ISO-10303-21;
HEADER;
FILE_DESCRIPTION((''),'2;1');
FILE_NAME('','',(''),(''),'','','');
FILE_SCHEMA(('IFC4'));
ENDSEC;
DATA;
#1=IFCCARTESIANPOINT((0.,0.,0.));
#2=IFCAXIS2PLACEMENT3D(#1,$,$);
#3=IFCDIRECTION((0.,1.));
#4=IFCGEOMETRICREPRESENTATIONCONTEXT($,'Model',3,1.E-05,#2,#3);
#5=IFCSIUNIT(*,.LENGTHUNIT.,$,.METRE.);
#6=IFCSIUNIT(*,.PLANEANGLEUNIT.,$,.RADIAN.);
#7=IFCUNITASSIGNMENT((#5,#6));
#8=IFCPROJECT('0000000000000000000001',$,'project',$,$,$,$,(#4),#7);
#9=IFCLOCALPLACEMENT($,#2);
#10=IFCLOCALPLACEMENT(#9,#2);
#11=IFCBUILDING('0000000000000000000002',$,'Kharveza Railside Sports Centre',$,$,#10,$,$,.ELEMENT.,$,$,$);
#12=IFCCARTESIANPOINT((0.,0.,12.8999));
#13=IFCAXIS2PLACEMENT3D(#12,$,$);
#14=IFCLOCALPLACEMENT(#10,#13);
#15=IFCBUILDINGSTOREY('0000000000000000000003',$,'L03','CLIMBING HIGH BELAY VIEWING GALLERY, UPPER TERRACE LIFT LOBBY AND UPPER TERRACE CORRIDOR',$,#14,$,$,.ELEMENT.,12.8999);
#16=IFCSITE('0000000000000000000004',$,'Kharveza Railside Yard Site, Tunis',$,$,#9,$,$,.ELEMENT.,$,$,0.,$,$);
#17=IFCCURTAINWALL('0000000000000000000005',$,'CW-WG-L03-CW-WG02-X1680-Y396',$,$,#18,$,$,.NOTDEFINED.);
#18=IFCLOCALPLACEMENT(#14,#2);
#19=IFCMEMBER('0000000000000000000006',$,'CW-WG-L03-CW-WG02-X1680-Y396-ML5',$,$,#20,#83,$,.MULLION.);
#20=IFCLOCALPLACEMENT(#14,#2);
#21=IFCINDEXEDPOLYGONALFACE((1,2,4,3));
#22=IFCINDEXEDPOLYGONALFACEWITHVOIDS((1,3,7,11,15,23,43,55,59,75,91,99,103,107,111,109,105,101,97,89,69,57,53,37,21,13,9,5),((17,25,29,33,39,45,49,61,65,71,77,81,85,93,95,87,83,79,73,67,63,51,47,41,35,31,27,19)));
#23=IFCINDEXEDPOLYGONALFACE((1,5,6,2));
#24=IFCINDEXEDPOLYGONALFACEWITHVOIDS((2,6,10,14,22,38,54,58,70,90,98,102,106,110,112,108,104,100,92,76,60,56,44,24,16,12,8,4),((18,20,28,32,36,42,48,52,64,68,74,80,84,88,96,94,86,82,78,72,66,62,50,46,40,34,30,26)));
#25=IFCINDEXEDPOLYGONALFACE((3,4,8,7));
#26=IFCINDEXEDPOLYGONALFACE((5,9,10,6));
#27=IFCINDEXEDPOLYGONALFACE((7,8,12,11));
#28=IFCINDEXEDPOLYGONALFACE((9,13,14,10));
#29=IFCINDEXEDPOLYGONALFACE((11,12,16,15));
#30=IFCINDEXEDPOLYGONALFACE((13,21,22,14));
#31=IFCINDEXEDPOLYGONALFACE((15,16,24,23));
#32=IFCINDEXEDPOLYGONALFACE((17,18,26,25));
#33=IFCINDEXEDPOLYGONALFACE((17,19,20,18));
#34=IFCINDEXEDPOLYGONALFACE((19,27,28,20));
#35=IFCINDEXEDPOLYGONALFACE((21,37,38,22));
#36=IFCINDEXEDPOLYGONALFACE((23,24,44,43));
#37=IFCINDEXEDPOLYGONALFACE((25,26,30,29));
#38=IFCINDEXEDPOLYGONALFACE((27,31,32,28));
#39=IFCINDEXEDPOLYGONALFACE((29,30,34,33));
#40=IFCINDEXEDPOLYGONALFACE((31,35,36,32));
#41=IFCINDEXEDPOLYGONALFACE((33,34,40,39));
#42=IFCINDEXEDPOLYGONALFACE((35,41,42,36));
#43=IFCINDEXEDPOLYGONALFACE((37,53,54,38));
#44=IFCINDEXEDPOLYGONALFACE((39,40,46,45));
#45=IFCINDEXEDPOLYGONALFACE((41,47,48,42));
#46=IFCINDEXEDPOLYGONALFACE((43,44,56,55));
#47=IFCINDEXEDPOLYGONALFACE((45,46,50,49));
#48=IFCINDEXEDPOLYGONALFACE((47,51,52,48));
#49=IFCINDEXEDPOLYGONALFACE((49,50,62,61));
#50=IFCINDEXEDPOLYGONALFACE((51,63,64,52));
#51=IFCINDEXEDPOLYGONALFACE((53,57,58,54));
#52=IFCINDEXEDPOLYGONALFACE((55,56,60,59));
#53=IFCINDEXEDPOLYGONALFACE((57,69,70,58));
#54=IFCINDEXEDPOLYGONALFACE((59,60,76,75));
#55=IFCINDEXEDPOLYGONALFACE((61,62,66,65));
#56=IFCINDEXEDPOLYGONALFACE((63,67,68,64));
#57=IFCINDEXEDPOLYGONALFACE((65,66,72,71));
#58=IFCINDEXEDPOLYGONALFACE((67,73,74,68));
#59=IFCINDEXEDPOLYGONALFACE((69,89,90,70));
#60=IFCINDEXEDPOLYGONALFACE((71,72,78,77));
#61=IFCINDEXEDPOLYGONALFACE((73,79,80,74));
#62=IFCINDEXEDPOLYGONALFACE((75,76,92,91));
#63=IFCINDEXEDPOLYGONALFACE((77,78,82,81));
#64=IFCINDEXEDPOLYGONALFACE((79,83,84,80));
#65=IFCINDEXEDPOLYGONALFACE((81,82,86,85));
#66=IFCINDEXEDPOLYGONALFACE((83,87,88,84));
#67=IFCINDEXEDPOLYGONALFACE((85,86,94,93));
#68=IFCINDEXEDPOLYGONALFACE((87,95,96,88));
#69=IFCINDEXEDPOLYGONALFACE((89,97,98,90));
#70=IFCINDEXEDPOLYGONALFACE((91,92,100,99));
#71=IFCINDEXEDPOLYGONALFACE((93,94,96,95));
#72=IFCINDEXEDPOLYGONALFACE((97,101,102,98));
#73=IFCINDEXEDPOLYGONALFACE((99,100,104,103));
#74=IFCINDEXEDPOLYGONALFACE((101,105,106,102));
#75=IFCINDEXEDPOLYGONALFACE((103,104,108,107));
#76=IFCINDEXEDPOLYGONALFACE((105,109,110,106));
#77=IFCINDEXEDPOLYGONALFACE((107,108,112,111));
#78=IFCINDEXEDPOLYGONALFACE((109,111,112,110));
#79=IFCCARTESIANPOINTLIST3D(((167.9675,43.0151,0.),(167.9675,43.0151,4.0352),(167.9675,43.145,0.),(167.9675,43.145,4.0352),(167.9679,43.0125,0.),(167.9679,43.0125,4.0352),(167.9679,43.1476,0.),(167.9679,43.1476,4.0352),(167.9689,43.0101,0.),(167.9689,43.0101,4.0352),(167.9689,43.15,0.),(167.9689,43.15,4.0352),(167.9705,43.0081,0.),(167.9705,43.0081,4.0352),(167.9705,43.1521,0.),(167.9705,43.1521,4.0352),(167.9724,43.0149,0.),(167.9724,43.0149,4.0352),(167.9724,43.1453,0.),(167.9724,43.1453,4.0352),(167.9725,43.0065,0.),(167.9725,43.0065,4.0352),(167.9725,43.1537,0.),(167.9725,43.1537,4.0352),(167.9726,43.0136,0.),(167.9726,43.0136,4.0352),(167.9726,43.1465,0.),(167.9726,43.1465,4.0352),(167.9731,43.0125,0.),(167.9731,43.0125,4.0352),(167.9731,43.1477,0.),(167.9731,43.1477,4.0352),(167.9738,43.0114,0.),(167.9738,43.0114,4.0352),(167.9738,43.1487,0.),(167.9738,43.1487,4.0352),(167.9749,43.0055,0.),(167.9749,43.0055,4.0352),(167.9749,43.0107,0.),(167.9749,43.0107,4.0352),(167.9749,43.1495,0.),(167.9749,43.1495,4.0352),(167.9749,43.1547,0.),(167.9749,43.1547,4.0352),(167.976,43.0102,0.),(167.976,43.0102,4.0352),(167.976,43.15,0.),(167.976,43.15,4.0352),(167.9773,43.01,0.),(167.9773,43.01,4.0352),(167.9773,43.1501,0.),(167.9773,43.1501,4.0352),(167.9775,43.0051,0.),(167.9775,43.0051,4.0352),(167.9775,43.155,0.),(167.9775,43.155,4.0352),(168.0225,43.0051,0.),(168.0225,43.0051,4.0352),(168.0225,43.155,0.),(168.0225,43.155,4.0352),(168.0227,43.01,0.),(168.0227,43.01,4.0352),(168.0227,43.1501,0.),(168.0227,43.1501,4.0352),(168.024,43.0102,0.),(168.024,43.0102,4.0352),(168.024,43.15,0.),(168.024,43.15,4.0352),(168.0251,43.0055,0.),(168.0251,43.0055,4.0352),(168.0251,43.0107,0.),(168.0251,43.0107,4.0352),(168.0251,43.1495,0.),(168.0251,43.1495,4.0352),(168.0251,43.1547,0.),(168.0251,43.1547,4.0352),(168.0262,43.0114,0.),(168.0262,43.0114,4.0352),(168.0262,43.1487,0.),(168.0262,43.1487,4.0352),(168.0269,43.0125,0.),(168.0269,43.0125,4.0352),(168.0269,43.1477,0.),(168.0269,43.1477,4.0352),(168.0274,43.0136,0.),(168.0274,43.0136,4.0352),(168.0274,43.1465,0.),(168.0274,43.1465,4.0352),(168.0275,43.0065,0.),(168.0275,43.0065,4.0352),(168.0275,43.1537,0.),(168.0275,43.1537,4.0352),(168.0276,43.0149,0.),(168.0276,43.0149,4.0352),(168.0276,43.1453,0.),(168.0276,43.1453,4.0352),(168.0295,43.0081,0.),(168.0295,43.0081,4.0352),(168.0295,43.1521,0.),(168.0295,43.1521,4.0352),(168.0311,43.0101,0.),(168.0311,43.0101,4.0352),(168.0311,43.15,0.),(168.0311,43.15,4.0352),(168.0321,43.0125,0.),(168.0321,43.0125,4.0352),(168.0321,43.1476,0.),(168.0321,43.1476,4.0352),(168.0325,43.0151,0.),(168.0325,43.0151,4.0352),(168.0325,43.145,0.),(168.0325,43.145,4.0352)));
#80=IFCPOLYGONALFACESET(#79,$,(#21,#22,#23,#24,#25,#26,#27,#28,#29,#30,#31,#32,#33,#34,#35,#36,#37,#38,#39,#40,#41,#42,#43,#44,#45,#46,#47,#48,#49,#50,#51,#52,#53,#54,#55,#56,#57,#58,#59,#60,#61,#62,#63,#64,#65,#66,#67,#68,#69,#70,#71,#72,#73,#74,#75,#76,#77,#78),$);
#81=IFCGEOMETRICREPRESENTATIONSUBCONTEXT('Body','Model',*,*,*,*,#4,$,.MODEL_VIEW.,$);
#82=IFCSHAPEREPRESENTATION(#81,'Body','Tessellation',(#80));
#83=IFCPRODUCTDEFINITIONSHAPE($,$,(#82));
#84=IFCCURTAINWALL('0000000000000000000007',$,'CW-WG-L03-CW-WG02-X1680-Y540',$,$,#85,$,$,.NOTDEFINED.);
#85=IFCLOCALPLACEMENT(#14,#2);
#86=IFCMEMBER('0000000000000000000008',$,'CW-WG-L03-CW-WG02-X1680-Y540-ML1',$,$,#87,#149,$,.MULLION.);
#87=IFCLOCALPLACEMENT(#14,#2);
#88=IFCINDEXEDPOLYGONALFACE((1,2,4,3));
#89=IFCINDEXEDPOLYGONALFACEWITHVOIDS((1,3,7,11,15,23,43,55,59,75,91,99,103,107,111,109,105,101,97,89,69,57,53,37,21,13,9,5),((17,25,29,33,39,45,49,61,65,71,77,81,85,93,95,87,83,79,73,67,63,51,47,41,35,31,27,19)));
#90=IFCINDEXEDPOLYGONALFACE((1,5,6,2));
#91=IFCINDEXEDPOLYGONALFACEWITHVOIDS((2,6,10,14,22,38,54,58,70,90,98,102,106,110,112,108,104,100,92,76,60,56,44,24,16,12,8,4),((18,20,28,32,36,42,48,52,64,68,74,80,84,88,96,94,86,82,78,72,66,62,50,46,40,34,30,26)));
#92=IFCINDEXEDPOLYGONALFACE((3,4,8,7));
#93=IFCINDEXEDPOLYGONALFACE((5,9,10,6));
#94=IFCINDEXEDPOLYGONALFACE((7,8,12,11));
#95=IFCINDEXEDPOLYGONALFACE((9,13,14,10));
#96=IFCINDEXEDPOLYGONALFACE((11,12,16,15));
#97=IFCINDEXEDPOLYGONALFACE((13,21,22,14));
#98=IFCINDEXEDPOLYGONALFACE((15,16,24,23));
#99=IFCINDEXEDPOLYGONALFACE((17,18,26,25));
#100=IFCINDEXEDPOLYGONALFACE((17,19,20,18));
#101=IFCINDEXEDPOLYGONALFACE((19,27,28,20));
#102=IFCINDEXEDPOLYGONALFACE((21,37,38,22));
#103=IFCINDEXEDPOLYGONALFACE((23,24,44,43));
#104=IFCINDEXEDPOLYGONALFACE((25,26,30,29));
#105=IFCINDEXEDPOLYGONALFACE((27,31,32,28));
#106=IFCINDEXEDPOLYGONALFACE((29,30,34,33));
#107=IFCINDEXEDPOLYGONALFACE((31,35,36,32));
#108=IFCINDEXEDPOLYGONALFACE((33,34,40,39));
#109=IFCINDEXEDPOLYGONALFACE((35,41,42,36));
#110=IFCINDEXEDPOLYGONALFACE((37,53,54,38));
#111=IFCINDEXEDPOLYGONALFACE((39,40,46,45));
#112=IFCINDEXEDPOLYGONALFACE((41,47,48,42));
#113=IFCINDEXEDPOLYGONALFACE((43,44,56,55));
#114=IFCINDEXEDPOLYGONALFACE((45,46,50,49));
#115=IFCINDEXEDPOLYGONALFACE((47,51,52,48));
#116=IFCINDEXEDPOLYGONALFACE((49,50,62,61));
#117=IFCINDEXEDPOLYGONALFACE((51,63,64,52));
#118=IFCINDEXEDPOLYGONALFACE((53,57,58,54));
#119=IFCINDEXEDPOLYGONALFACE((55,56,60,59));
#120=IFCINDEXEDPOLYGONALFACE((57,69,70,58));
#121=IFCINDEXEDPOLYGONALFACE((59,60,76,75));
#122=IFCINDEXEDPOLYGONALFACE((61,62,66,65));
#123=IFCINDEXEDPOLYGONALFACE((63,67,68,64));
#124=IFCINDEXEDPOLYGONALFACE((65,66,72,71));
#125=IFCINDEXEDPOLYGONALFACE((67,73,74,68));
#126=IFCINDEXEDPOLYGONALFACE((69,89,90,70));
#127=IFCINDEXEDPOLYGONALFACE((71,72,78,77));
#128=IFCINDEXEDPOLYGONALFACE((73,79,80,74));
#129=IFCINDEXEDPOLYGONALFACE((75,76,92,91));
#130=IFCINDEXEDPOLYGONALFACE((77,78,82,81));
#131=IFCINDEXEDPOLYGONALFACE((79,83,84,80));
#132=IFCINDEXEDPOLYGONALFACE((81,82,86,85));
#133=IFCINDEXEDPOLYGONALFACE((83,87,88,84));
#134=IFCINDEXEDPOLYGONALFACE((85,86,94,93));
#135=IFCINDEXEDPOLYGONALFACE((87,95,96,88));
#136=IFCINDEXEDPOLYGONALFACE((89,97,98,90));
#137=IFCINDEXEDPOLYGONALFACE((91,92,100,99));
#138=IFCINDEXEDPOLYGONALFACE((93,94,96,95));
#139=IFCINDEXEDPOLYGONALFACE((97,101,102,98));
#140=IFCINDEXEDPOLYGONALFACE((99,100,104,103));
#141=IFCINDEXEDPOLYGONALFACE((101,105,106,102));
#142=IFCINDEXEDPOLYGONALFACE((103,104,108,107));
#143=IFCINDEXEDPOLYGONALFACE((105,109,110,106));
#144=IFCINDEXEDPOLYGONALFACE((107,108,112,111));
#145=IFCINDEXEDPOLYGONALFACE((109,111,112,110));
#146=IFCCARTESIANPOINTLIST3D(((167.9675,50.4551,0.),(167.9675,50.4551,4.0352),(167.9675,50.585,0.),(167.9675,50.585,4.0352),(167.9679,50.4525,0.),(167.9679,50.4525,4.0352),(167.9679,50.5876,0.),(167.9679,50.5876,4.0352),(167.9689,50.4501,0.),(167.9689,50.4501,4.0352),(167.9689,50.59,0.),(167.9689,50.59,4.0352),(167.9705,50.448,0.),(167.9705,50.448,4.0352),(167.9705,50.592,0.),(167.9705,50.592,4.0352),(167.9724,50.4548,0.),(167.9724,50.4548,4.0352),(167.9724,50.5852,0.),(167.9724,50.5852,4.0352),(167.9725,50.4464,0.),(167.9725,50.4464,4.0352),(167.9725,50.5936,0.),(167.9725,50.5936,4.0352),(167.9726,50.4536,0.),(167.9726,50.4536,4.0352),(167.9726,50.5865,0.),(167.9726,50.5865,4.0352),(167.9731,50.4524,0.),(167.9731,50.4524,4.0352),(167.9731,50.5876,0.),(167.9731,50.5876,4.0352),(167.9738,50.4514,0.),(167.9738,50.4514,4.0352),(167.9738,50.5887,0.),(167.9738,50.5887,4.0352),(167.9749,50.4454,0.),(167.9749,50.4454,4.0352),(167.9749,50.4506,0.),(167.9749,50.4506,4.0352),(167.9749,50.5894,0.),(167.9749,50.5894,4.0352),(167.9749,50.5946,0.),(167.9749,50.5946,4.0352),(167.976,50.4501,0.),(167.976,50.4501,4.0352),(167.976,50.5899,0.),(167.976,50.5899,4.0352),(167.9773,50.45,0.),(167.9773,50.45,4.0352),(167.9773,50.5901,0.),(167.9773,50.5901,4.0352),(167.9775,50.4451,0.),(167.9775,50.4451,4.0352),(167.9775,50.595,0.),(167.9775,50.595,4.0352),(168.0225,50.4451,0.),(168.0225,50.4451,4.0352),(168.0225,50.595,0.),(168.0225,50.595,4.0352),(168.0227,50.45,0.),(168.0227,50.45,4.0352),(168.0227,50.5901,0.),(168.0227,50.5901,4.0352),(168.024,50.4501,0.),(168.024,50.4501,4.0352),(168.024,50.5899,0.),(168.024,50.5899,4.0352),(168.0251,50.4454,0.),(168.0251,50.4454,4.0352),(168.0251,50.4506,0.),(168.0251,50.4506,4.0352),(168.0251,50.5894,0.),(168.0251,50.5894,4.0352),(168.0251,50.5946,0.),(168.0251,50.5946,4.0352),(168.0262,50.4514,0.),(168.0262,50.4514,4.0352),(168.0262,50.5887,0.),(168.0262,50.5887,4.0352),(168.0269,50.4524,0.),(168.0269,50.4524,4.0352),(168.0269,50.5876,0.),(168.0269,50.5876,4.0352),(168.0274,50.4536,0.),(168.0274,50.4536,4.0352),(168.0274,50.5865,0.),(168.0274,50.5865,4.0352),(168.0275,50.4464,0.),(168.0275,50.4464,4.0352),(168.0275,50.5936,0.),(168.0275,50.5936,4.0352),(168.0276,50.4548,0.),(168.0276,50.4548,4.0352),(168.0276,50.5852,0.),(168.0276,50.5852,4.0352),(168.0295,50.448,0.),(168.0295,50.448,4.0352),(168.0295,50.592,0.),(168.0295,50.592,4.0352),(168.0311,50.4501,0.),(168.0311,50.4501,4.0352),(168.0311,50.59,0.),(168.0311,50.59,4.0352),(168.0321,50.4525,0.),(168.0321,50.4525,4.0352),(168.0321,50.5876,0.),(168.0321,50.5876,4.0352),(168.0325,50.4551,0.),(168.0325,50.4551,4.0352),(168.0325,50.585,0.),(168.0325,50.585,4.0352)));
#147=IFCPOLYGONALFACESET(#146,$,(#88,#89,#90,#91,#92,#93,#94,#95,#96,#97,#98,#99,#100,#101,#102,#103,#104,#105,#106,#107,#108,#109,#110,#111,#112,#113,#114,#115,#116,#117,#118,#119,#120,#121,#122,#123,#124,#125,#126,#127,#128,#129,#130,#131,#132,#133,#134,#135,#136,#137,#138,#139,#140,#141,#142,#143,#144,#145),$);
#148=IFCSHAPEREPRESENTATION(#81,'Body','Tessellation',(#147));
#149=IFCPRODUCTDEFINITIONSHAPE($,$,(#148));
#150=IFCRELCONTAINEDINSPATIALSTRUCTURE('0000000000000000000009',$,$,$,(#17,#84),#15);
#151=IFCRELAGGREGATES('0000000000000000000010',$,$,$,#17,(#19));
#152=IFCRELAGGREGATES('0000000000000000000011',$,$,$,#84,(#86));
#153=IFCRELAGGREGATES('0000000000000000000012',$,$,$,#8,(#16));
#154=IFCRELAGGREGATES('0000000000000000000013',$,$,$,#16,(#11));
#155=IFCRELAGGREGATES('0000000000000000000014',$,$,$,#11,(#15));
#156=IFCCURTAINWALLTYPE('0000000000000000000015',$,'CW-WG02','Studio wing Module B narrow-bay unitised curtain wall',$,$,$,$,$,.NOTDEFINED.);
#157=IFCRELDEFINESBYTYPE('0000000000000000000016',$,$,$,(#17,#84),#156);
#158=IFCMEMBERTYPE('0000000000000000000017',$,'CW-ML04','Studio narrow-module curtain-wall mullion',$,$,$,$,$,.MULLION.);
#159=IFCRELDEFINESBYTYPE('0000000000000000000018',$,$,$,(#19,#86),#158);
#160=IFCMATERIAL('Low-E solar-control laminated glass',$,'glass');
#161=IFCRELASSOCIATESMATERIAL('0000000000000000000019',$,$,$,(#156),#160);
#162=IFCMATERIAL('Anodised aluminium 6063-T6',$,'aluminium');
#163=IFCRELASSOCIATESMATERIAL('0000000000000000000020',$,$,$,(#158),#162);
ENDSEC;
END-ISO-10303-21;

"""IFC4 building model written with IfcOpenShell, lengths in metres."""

from ifc_helpers import new_model, si_unit, direction, frame, origin, origin_2d, place, context, subcontext, project, spatial, hollow_rectangle, extrude, material, material_profile, profile_set, type_object, element, aggregate, save


model = new_model("IFC4")

# Units and contexts
model_context = context("Model", 3, precision=1e-05, world=origin(), true_north=direction((0.0, 1.0)))
body_context = subcontext(model_context, "Body", "Model", "MODEL_VIEW")
ifc_project = project(units=[si_unit("LENGTHUNIT", "METRE"), si_unit("PLANEANGLEUNIT", "RADIAN")], contexts=[model_context])

# Site, building, storey
site_placement = place(None, origin())
site = spatial("IfcSite", under=ifc_project, at=site_placement, Name="Kharveza Railside Yard Site, Tunis", CompositionType="ELEMENT", RefElevation=0.0)
building_placement = place(site_placement, origin())
building = spatial("IfcBuilding", under=site, at=building_placement, Name="Kharveza Railside Sports Centre", CompositionType="ELEMENT")
storey_placement = place(building_placement, frame((0.0, 0.0, 12.8999)))
storey = spatial("IfcBuildingStorey", under=building, at=storey_placement, Name="L03", Description="CLIMBING HIGH BELAY VIEWING GALLERY, UPPER TERRACE LIFT LOBBY AND UPPER TERRACE CORRIDOR", CompositionType="ELEMENT", Elevation=12.8999)

# Curtain wall, member
ifc_material_1 = material(Name="Low-E solar-control laminated glass", Category="glass")
curtain_wall_type = type_object("IfcCurtainWallType", Name="CW-WG02", Description="Studio wing Module B narrow-bay unitised curtain wall", PredefinedType="NOTDEFINED", material=ifc_material_1)
ifc_material_2 = material(Name="Anodised aluminium 6063-T6", Category="aluminium")
ifc_material_profile_1 = material_profile(ifc_material_2, hollow_rectangle(XDim=0.0649, YDim=0.1499, WallThickness=0.0049, InnerFilletRadius=0.0049, OuterFilletRadius=0.01, at=origin_2d()), Name="RHS 65x150x5.0")
ifc_profile_set_1 = profile_set([ifc_material_profile_1], Name="Anodised aluminium 6063-T6")
member_type_1 = type_object("IfcMemberType", Name="CW-ML04", Description="Studio narrow-module curtain-wall mullion", PredefinedType="MULLION", material=ifc_profile_set_1)
curtain_wall_1_placement = place(storey_placement, origin())
curtain_wall_1 = element("IfcCurtainWall", 1, at=curtain_wall_1_placement, inside=storey, type_object=curtain_wall_type, Name="CW-WG-L03-CW-WG02-X1680-Y396", PredefinedType="NOTDEFINED")
member_1_placement = place(storey_placement, frame((168.0, 43.0801, 0.0), z_axis=(0.0, 0.0, 1.0), x_axis=(1.0, 0.0, 0.0)))
member_1 = element("IfcMember", 2, at=member_1_placement, type_object=member_type_1, Name="CW-WG-L03-CW-WG02-X1680-Y396-ML5", PredefinedType="MULLION", context=body_context, shape_type="SweptSolid", body=[
    extrude(hollow_rectangle(XDim=0.0649, YDim=0.1499, WallThickness=0.0049, InnerFilletRadius=0.0049, OuterFilletRadius=0.01, at=origin_2d()), origin(), (0.0, 0.0, 1.0), 4.0352),
])

# Curtain wall, member
curtain_wall_2_placement = place(storey_placement, origin())
curtain_wall_2 = element("IfcCurtainWall", 3, at=curtain_wall_2_placement, inside=storey, type_object=curtain_wall_type, Name="CW-WG-L03-CW-WG02-X1680-Y540", PredefinedType="NOTDEFINED")
member_2_placement = place(storey_placement, frame((168.0, 50.52, 0.0), z_axis=(0.0, 0.0, 1.0), x_axis=(1.0, 0.0, 0.0)))
member_2 = element("IfcMember", 4, at=member_2_placement, type_object=member_type_1, Name="CW-WG-L03-CW-WG02-X1680-Y540-ML1", PredefinedType="MULLION", context=body_context, shape_type="SweptSolid", body=[
    extrude(hollow_rectangle(XDim=0.0649, YDim=0.1499, WallThickness=0.0049, InnerFilletRadius=0.0049, OuterFilletRadius=0.01, at=origin_2d()), origin(), (0.0, 0.0, 1.0), 4.0352),
])

aggregate(curtain_wall_1, [member_1])
aggregate(curtain_wall_2, [member_2])

save(model, "model.ifc")
